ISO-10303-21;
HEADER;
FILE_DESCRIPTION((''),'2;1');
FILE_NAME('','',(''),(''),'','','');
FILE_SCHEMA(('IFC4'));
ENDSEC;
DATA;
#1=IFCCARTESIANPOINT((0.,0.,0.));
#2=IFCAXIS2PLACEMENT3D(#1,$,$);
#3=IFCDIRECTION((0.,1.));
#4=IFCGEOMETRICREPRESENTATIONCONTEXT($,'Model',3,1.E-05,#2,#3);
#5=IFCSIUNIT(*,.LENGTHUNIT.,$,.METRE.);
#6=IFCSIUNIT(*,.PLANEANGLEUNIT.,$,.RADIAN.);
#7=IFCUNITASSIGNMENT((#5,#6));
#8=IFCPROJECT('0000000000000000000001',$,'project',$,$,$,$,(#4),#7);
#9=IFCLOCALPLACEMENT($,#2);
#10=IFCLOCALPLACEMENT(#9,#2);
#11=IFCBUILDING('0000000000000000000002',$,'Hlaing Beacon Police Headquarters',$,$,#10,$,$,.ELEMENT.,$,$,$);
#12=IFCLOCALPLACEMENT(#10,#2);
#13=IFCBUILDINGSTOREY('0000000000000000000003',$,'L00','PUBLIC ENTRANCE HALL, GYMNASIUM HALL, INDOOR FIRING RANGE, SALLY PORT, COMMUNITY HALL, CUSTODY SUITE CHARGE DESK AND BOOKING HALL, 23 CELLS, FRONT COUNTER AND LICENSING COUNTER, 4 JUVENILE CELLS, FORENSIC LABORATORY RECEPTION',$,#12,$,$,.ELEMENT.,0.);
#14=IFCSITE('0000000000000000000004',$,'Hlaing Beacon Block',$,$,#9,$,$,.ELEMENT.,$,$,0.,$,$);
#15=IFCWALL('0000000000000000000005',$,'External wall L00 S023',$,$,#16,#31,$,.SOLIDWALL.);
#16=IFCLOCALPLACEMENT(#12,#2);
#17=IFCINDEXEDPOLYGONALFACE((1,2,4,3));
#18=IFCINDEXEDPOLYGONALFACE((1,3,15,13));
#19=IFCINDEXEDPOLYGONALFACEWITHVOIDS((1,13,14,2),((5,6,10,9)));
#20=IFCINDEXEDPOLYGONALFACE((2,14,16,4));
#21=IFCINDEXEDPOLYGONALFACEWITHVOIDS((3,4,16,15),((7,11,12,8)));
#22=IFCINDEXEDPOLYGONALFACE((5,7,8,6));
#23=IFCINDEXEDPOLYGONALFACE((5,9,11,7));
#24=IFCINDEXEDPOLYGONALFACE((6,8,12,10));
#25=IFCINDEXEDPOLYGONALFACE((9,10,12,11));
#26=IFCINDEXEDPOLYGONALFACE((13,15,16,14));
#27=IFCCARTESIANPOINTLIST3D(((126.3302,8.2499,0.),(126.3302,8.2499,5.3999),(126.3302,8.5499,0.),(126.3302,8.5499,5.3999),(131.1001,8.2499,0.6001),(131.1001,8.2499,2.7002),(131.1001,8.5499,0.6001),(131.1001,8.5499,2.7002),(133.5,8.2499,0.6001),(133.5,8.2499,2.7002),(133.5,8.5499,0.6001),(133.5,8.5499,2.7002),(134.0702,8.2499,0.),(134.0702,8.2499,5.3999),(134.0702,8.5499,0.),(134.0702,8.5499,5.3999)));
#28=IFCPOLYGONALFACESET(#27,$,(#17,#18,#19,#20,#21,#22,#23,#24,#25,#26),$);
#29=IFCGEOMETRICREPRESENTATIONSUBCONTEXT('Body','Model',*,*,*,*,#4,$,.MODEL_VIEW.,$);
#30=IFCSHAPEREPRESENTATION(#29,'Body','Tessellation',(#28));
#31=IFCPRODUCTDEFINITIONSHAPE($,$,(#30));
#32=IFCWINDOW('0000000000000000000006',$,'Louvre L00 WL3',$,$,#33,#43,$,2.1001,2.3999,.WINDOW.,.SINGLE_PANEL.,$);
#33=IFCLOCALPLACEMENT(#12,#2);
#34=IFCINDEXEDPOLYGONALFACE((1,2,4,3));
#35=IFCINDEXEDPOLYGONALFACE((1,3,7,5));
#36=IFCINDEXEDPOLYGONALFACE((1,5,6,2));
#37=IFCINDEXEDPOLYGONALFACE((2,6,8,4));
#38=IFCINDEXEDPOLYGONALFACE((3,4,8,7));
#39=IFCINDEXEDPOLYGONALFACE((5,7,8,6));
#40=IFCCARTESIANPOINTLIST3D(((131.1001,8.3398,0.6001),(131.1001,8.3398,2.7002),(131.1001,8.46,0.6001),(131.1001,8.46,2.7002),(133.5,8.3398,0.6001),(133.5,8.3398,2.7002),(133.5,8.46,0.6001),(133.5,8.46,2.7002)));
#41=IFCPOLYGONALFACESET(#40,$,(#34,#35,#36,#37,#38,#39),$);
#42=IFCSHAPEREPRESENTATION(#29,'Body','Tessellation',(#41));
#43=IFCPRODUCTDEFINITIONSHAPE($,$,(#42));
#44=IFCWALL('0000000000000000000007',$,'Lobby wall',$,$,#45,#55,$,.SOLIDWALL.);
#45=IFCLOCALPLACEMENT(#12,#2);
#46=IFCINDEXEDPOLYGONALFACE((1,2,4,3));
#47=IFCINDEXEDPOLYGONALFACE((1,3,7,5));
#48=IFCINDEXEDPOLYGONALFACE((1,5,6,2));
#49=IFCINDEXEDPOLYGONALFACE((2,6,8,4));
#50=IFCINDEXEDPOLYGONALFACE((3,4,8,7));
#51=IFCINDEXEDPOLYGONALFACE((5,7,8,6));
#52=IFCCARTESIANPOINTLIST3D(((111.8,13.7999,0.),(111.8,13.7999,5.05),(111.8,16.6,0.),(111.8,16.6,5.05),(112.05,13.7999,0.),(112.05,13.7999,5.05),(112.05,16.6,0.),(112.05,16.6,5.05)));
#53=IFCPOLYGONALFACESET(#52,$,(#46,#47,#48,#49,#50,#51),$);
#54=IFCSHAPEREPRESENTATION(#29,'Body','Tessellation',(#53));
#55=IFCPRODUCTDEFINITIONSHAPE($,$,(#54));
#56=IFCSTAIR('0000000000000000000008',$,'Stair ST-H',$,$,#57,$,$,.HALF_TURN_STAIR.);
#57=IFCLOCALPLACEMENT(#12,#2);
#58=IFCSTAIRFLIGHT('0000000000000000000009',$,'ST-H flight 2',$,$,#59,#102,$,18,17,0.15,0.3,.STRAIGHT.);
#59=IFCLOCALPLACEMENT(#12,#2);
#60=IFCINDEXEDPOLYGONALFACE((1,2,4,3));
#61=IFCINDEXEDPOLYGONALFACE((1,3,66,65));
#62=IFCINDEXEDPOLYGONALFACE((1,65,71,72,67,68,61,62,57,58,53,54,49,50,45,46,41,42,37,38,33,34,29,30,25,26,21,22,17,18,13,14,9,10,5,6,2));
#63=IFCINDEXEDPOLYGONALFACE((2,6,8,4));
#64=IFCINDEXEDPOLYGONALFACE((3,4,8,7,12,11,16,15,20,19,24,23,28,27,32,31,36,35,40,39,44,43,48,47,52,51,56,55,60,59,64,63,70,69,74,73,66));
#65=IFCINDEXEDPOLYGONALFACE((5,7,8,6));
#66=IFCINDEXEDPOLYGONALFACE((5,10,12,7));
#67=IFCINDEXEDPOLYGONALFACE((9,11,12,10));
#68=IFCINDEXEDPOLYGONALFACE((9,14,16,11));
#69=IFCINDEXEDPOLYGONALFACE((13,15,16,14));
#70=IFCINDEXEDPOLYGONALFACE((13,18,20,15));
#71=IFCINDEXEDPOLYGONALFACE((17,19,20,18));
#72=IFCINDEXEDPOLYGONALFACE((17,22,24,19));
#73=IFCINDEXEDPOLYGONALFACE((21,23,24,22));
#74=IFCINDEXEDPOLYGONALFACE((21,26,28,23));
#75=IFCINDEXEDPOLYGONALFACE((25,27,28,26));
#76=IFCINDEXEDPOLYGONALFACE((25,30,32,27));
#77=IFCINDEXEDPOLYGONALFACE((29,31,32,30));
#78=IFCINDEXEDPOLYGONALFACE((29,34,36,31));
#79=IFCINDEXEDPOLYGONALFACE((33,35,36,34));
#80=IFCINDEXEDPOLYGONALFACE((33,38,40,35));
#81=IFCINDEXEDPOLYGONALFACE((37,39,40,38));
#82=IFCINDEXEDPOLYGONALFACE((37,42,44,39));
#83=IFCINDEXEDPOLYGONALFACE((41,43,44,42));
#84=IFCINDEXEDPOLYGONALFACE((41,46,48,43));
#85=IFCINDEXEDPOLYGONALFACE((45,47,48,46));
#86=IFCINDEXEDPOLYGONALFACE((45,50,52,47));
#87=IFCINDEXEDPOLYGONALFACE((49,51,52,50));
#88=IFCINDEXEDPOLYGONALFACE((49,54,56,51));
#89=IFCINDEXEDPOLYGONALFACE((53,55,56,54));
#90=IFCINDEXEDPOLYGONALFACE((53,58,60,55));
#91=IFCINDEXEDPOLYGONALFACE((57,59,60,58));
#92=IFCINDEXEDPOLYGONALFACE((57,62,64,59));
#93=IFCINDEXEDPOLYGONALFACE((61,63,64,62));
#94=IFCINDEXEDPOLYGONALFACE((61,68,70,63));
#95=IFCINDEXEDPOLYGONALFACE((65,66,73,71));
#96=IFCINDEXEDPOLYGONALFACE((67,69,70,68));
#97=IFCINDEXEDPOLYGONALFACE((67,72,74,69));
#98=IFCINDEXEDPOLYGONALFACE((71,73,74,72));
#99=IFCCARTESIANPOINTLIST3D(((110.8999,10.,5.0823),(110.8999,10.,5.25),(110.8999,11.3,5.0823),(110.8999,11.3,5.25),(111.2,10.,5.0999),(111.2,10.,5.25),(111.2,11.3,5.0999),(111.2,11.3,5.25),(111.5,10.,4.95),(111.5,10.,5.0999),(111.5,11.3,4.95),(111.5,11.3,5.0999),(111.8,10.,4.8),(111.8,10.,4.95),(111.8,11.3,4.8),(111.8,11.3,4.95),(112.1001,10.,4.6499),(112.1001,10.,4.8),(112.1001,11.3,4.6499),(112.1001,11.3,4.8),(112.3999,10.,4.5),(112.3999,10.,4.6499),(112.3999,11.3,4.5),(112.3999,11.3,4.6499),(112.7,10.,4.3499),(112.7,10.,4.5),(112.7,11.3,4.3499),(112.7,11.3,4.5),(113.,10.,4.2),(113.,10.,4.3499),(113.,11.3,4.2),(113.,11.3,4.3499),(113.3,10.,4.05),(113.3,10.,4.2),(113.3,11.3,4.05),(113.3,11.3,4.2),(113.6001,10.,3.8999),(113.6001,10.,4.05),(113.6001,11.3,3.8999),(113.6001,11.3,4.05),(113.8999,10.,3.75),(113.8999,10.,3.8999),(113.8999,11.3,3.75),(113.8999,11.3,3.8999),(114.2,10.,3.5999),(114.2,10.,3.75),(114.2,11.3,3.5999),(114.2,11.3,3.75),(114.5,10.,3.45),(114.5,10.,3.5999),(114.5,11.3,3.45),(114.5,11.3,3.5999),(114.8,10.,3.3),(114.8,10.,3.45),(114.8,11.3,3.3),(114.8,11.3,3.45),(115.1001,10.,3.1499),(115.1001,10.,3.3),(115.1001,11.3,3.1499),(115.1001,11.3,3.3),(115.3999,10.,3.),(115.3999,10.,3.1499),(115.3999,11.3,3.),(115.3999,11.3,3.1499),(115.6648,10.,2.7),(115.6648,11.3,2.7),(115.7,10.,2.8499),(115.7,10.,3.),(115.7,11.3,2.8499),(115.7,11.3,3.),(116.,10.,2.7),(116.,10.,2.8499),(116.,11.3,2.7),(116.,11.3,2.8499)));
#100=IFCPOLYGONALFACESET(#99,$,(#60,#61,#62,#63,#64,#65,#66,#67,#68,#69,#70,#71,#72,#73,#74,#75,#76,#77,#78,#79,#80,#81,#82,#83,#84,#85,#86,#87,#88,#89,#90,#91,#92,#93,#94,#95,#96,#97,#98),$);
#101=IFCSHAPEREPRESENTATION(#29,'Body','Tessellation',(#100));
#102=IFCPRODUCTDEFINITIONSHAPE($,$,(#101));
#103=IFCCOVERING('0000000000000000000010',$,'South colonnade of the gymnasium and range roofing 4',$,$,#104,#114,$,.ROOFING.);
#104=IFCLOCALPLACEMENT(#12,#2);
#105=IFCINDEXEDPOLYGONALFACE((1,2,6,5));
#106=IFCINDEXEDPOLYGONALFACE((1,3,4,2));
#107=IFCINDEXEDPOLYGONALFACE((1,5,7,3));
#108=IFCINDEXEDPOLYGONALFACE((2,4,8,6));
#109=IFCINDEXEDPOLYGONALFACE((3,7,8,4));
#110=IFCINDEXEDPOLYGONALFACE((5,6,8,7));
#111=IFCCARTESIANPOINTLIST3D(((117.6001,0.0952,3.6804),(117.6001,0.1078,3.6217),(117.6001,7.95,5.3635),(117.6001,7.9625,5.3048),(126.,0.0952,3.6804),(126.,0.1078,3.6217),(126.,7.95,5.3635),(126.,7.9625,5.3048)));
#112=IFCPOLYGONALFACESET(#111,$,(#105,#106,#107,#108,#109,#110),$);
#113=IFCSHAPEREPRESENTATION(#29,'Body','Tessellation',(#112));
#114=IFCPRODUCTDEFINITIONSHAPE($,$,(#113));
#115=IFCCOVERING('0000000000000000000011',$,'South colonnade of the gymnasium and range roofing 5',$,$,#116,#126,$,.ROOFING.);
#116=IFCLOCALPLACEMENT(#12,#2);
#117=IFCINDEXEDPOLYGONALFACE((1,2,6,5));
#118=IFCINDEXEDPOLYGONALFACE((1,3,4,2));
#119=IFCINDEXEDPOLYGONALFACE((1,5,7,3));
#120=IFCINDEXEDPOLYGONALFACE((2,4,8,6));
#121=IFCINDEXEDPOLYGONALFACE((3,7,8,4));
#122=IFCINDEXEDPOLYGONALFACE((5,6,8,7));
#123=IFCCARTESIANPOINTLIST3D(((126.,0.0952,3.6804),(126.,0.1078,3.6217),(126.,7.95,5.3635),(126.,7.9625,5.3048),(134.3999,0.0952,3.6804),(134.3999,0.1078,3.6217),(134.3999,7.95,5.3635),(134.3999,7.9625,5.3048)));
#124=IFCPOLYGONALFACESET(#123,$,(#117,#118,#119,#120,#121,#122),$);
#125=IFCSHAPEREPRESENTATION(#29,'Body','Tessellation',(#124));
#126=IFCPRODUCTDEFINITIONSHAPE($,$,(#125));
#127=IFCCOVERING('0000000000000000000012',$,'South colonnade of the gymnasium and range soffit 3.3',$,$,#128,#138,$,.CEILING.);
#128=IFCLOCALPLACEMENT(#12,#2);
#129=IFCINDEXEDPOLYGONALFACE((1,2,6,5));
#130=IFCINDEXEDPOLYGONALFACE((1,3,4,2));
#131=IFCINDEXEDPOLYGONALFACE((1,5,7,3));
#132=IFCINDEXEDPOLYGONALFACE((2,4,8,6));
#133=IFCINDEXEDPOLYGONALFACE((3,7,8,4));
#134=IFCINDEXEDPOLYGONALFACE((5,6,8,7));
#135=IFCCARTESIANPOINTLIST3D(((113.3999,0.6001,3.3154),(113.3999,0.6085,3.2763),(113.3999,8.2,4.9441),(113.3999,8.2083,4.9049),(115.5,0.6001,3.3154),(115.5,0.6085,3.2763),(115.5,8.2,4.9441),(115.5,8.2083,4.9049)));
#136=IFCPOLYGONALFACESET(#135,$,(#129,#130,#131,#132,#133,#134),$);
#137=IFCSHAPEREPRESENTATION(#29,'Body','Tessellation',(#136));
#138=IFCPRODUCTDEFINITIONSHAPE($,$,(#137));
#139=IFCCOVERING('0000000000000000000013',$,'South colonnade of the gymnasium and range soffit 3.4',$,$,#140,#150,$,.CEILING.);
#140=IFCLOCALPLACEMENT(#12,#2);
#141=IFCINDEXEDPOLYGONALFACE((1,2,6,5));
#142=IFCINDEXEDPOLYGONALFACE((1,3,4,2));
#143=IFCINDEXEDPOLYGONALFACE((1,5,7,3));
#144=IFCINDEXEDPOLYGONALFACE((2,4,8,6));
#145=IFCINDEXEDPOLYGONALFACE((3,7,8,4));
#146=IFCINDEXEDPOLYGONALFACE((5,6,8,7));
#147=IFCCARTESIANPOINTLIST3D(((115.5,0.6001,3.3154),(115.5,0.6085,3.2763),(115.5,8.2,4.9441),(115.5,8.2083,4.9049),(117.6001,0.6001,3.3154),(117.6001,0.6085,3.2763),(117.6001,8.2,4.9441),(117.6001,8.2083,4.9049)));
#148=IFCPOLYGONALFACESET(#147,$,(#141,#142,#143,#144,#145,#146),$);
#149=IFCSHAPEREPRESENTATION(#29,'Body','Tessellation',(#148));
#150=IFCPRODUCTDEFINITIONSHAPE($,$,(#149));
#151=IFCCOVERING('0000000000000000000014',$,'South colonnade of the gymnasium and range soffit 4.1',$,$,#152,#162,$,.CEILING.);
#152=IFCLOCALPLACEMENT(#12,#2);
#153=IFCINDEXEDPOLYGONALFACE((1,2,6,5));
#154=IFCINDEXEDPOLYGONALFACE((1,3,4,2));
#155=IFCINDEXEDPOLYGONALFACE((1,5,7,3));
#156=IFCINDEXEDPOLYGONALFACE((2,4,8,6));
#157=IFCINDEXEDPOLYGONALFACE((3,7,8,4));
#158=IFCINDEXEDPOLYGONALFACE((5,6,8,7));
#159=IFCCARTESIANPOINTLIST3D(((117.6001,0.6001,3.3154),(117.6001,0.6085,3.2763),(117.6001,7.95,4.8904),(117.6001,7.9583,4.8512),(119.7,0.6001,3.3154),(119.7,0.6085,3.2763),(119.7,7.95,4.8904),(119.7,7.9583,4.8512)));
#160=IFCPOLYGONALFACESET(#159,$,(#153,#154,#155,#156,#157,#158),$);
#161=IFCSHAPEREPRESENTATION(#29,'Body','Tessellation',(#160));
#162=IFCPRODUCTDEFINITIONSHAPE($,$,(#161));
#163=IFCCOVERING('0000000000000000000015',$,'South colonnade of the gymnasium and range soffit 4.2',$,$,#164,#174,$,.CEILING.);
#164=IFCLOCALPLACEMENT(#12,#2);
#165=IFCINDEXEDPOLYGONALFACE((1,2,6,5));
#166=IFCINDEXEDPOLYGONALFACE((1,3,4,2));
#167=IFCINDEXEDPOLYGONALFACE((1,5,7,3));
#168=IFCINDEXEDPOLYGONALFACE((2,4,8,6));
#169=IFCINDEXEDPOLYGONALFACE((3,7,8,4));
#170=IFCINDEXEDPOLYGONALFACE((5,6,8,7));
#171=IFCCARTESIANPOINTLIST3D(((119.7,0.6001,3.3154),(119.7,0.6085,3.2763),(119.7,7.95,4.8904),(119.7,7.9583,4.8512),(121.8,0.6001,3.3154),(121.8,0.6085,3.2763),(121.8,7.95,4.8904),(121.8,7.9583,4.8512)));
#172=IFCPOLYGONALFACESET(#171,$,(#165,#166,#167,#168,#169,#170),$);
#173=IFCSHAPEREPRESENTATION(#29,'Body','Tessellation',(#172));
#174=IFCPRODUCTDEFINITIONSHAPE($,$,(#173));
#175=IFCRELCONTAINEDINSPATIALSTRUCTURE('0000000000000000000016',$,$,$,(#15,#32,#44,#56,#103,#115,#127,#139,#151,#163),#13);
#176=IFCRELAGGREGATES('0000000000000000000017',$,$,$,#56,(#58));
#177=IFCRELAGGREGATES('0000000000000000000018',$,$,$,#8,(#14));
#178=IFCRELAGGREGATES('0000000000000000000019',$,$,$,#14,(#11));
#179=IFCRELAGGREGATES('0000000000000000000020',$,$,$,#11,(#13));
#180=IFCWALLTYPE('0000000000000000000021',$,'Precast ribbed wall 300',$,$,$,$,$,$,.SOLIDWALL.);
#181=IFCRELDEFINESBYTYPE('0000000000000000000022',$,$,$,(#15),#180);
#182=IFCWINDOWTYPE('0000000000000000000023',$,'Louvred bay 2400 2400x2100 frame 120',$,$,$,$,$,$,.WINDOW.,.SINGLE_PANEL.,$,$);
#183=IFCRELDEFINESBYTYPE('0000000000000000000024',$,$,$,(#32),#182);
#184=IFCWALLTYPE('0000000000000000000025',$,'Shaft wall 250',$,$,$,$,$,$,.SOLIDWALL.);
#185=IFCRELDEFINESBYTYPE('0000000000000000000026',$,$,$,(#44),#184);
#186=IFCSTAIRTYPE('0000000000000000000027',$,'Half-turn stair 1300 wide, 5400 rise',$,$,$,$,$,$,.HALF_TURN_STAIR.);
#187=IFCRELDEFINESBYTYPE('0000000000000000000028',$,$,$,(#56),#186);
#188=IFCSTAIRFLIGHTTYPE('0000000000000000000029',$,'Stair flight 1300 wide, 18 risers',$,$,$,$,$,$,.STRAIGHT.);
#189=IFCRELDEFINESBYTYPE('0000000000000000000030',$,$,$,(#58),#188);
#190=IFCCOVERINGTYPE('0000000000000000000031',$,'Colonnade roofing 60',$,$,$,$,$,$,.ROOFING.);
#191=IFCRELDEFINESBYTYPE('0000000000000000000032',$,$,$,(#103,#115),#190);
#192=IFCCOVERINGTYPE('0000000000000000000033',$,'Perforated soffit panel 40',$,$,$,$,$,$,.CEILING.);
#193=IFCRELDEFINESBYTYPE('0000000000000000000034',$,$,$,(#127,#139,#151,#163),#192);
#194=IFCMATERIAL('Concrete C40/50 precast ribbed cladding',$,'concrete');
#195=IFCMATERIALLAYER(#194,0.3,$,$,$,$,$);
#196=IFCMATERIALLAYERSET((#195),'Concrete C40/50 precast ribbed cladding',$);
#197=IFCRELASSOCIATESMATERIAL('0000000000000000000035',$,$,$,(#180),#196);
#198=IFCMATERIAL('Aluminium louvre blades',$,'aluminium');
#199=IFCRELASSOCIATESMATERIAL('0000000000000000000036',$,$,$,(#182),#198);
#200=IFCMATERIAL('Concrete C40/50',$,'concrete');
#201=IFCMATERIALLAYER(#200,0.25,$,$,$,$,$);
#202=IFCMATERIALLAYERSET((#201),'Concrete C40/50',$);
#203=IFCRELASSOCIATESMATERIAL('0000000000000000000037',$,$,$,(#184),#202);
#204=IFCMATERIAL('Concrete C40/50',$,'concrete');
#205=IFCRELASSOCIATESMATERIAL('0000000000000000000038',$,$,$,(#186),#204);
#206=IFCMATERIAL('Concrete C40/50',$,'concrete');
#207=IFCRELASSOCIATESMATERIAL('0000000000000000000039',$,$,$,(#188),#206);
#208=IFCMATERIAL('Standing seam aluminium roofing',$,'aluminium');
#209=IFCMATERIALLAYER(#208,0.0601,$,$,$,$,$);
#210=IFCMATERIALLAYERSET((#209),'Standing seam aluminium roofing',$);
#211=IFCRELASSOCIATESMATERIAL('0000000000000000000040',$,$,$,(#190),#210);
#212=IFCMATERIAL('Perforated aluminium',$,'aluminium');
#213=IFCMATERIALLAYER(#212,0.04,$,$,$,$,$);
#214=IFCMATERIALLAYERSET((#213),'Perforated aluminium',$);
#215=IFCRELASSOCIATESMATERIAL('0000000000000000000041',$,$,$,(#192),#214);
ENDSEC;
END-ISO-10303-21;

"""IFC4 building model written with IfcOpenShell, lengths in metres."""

from ifc_helpers import new_model, si_unit, direction, frame, frame_2d, origin, place, context, subcontext, project, spatial, polyline, rectangle, outline, extrude, material, layer, layer_set, type_object, element, fill, aggregate, save


model = new_model("IFC4")

# Units and contexts
model_context = context("Model", 3, precision=1e-05, world=origin(), true_north=direction((0.0, 1.0)))
body_context = subcontext(model_context, "Body", "Model", "MODEL_VIEW")
ifc_project = project(units=[si_unit("LENGTHUNIT", "METRE"), si_unit("PLANEANGLEUNIT", "RADIAN")], contexts=[model_context])

# Site, building, storey
site_placement = place(None, origin())
site = spatial("IfcSite", under=ifc_project, at=site_placement, Name="Hlaing Beacon Block", CompositionType="ELEMENT", RefElevation=0.0)
building_placement = place(site_placement, origin())
building = spatial("IfcBuilding", under=site, at=building_placement, Name="Hlaing Beacon Police Headquarters", CompositionType="ELEMENT")
storey_placement = place(building_placement, origin())
storey = spatial("IfcBuildingStorey", under=building, at=storey_placement, Name="L00", Description="PUBLIC ENTRANCE HALL, GYMNASIUM HALL, INDOOR FIRING RANGE, SALLY PORT, COMMUNITY HALL, CUSTODY SUITE CHARGE DESK AND BOOKING HALL, 23 CELLS, FRONT COUNTER AND LICENSING COUNTER, 4 JUVENILE CELLS, FORENSIC LABORATORY RECEPTION", CompositionType="ELEMENT", Elevation=0.0)

# Shared definitions
ifc_material_1 = material(Name="Concrete C40/50 precast ribbed cladding", Category="concrete")
ifc_layer_1 = layer(ifc_material_1, 0.3)
ifc_layer_set_1 = layer_set([ifc_layer_1], Name="Concrete C40/50 precast ribbed cladding")
wall_type_1 = type_object("IfcWallType", Name="Precast ribbed wall 300", PredefinedType="SOLIDWALL", material=ifc_layer_set_1)

# Wall, opening, window
wall_1_placement = place(storey_placement, frame((126.3301, 8.3999, 0.0), z_axis=(0.0, 0.0, 1.0), x_axis=(1.0, 0.0, 0.0)))
wall_1 = element("IfcWall", 1, at=wall_1_placement, inside=storey, type_object=wall_type_1, Name="External wall L00 S023", PredefinedType="SOLIDWALL", context=body_context, shape_type="SweptSolid", body=[
    extrude(rectangle(XDim=7.74, YDim=0.3, at=frame_2d((3.8701, 0.0))), origin(), (0.0, 0.0, 1.0), 5.3999),
])
opening_1_placement = place(wall_1_placement, frame((4.77, 0.0, 0.6001)))
opening_1 = element("IfcOpeningElement", 2, at=opening_1_placement, cuts=wall_1, PredefinedType="OPENING", context=body_context, shape_type="SweptSolid", body=[
    extrude(rectangle(XDim=2.3999, YDim=2.1001, at=frame_2d((1.2, 1.05))), frame((0.0, 0.1602, 0.0), z_axis=(0.0, -1.0, 0.0), x_axis=(1.0, 0.0, 0.0)), (0.0, 0.0, 1.0), 0.3201),
])
ifc_material_2 = material(Name="Aluminium louvre blades", Category="aluminium")
window_type = type_object("IfcWindowType", Name="Louvred bay 2400 2400x2100 frame 120", PartitioningType="SINGLE_PANEL", PredefinedType="WINDOW", material=ifc_material_2)
window_placement = place(opening_1_placement, origin())
window = element("IfcWindow", 3, at=window_placement, inside=storey, type_object=window_type, Name="Louvre L00 WL3", OverallHeight=2.1001, OverallWidth=2.3999, PartitioningType="SINGLE_PANEL", PredefinedType="WINDOW", context=body_context, shape_type="SweptSolid", body=[
    extrude(rectangle(XDim=2.3999, YDim=2.1001, at=frame_2d((1.2, 1.05))), frame((0.0, 0.0601, 0.0), z_axis=(0.0, -1.0, 0.0), x_axis=(1.0, 0.0, 0.0)), (0.0, 0.0, 1.0), 0.1201),
])
fill(opening_1, window)

# Wall
ifc_material_3 = material(Name="Concrete C40/50", Category="concrete")
ifc_layer_2 = layer(ifc_material_3, 0.25)
ifc_layer_set_2 = layer_set([ifc_layer_2], Name="Concrete C40/50")
wall_type_2 = type_object("IfcWallType", Name="Shaft wall 250", PredefinedType="SOLIDWALL", material=ifc_layer_set_2)
wall_2_placement = place(storey_placement, frame((111.925, 13.8, 0.0), z_axis=(0.0, 0.0, 1.0), x_axis=(0.0, 1.0, 0.0)))
element("IfcWall", 4, at=wall_2_placement, inside=storey, type_object=wall_type_2, Name="Lobby wall", PredefinedType="SOLIDWALL", context=body_context, shape_type="SweptSolid", body=[
    extrude(rectangle(XDim=2.8, YDim=0.25, at=frame_2d((1.3999, 0.0))), origin(), (0.0, 0.0, 1.0), 5.05),
])

# Stair, stair flight
ifc_material_4 = material(Name="Concrete C40/50", Category="concrete")
stair_type = type_object("IfcStairType", Name="Half-turn stair 1300 wide, 5400 rise", PredefinedType="HALF_TURN_STAIR", material=ifc_material_4)
stair_placement = place(storey_placement, origin())
stair = element("IfcStair", 5, at=stair_placement, inside=storey, type_object=stair_type, Name="Stair ST-H", PredefinedType="HALF_TURN_STAIR")
ifc_material_5 = material(Name="Concrete C40/50", Category="concrete")
stair_flight_type = type_object("IfcStairFlightType", Name="Stair flight 1300 wide, 18 risers", PredefinedType="STRAIGHT", material=ifc_material_5)
stair_flight_placement = place(storey_placement, frame((116.0, 10.6499, 2.7), z_axis=(0.0, 0.0, 1.0), x_axis=(-1.0, 0.0, 0.0)))
stair_flight = element("IfcStairFlight", 6, at=stair_flight_placement, type_object=stair_flight_type, Name="ST-H flight 2", NumberOfRisers=18, NumberOfTreads=17, PredefinedType="STRAIGHT", RiserHeight=0.15, TreadLength=0.3, context=body_context, shape_type="SweptSolid", body=[
    extrude(outline(polyline([(0.0, 0.0), (0.0, 0.1499), (0.3, 0.1499), (0.3, 0.3), (0.6001, 0.3), (0.6001, 0.45), (0.8999, 0.45), (0.8999, 0.6001), (1.2, 0.6001), (1.2, 0.75), (1.5, 0.75), (1.5, 0.8999), (1.8, 0.8999), (1.8, 1.05), (2.1001, 1.05), (2.1001, 1.2), (2.3999, 1.2), (2.3999, 1.3501), (2.7, 1.3501), (2.7, 1.5), (3.0, 1.5), (3.0, 1.6499), (3.3, 1.6499), (3.3, 1.8), (3.6001, 1.8), (3.6001, 1.95), (3.8999, 1.95), (3.8999, 2.1001), (4.2, 2.1001), (4.2, 2.25), (4.5, 2.25), (4.5, 2.3999), (4.8, 2.3999), (4.8, 2.55), (5.1001, 2.55), (5.1001, 2.7), (5.1001, 2.3823), (0.3352, 0.0), (0.0, 0.0)])), frame((0.0, 0.6499, 0.0), z_axis=(0.0, -1.0, 0.0), x_axis=(1.0, 0.0, 0.0)), (0.0, 0.0, 1.0), 1.3),
])
aggregate(stair, [stair_flight])

# Coverings
ifc_material_6 = material(Name="Standing seam aluminium roofing", Category="aluminium")
ifc_layer_3 = layer(ifc_material_6, 0.0601)
ifc_layer_set_3 = layer_set([ifc_layer_3], Name="Standing seam aluminium roofing")
covering_type_1 = type_object("IfcCoveringType", Name="Colonnade roofing 60", PredefinedType="ROOFING", material=ifc_layer_set_3)
for number, where, z_axis, x_axis, name in (
    (7, (117.6001, 0.0952, 3.6804), (0.0, -0.209523, 0.977804), (1.0, 0.0, 0.0), "South colonnade of the gymnasium and range roofing 4"),
    (8, (126.0, 0.0952, 3.6804), (0.0, -0.209523, 0.977804), (1.0, 0.0, 0.0), "South colonnade of the gymnasium and range roofing 5"),
):
    element("IfcCovering", number, at=place(storey_placement, frame(where, z_axis=z_axis, x_axis=x_axis)), inside=storey, type_object=covering_type_1, Name=name, PredefinedType="ROOFING", context=body_context, shape_type="SweptSolid", body=[
        extrude(outline(polyline([(0.0, 0.0), (8.3999, 0.0), (8.3999, 8.033), (0.0, 8.033), (0.0, 0.0)])), origin(), (0.0, 0.0, -1.0), 0.0601),
    ])
ifc_material_7 = material(Name="Perforated aluminium", Category="aluminium")
ifc_layer_4 = layer(ifc_material_7, 0.04)
ifc_layer_set_4 = layer_set([ifc_layer_4], Name="Perforated aluminium")
covering_type_2 = type_object("IfcCoveringType", Name="Perforated soffit panel 40", PredefinedType="CEILING", material=ifc_layer_set_4)
for number, where, z_axis, x_axis, name in (
    (9, (113.3999, 0.6001, 3.3154), (0.0, -0.209544, 0.977799), (1.0, 0.0, 0.0), "South colonnade of the gymnasium and range soffit 3.3"),
    (10, (115.5, 0.6001, 3.3154), (0.0, -0.209544, 0.977799), (1.0, 0.0, 0.0), "South colonnade of the gymnasium and range soffit 3.4"),
):
    element("IfcCovering", number, at=place(storey_placement, frame(where, z_axis=z_axis, x_axis=x_axis)), inside=storey, type_object=covering_type_2, Name=name, PredefinedType="CEILING", context=body_context, shape_type="SweptSolid", body=[
        extrude(outline(polyline([(0.0, 0.0), (2.1001, 0.0), (2.1001, 7.7724), (0.0, 7.7724), (0.0, 0.0)])), origin(), (0.0, 0.0, -1.0), 0.04),
    ])
covering_1_placement = place(storey_placement, frame((117.6001, 0.6001, 3.3154), z_axis=(0.0, -0.209527, 0.977803), x_axis=(1.0, 0.0, 0.0)))
element("IfcCovering", 11, at=covering_1_placement, inside=storey, type_object=covering_type_2, Name="South colonnade of the gymnasium and range soffit 4.1", PredefinedType="CEILING", context=body_context, shape_type="SweptSolid", body=[
    extrude(outline(polyline([(0.0, 0.0), (2.0999, 0.0), (2.0999, 7.5167), (0.0, 7.5167), (0.0, 0.0)])), origin(), (0.0, 0.0, -1.0), 0.04),
])
covering_2_placement = place(storey_placement, frame((119.7, 0.6001, 3.3154), z_axis=(0.0, -0.209527, 0.977803), x_axis=(1.0, 0.0, 0.0)))
element("IfcCovering", 12, at=covering_2_placement, inside=storey, type_object=covering_type_2, Name="South colonnade of the gymnasium and range soffit 4.2", PredefinedType="CEILING", context=body_context, shape_type="SweptSolid", body=[
    extrude(outline(polyline([(0.0, 0.0), (2.1001, 0.0), (2.1001, 7.5167), (0.0, 7.5167), (0.0, 0.0)])), origin(), (0.0, 0.0, -1.0), 0.04),
])

save(model, "model.ifc")
